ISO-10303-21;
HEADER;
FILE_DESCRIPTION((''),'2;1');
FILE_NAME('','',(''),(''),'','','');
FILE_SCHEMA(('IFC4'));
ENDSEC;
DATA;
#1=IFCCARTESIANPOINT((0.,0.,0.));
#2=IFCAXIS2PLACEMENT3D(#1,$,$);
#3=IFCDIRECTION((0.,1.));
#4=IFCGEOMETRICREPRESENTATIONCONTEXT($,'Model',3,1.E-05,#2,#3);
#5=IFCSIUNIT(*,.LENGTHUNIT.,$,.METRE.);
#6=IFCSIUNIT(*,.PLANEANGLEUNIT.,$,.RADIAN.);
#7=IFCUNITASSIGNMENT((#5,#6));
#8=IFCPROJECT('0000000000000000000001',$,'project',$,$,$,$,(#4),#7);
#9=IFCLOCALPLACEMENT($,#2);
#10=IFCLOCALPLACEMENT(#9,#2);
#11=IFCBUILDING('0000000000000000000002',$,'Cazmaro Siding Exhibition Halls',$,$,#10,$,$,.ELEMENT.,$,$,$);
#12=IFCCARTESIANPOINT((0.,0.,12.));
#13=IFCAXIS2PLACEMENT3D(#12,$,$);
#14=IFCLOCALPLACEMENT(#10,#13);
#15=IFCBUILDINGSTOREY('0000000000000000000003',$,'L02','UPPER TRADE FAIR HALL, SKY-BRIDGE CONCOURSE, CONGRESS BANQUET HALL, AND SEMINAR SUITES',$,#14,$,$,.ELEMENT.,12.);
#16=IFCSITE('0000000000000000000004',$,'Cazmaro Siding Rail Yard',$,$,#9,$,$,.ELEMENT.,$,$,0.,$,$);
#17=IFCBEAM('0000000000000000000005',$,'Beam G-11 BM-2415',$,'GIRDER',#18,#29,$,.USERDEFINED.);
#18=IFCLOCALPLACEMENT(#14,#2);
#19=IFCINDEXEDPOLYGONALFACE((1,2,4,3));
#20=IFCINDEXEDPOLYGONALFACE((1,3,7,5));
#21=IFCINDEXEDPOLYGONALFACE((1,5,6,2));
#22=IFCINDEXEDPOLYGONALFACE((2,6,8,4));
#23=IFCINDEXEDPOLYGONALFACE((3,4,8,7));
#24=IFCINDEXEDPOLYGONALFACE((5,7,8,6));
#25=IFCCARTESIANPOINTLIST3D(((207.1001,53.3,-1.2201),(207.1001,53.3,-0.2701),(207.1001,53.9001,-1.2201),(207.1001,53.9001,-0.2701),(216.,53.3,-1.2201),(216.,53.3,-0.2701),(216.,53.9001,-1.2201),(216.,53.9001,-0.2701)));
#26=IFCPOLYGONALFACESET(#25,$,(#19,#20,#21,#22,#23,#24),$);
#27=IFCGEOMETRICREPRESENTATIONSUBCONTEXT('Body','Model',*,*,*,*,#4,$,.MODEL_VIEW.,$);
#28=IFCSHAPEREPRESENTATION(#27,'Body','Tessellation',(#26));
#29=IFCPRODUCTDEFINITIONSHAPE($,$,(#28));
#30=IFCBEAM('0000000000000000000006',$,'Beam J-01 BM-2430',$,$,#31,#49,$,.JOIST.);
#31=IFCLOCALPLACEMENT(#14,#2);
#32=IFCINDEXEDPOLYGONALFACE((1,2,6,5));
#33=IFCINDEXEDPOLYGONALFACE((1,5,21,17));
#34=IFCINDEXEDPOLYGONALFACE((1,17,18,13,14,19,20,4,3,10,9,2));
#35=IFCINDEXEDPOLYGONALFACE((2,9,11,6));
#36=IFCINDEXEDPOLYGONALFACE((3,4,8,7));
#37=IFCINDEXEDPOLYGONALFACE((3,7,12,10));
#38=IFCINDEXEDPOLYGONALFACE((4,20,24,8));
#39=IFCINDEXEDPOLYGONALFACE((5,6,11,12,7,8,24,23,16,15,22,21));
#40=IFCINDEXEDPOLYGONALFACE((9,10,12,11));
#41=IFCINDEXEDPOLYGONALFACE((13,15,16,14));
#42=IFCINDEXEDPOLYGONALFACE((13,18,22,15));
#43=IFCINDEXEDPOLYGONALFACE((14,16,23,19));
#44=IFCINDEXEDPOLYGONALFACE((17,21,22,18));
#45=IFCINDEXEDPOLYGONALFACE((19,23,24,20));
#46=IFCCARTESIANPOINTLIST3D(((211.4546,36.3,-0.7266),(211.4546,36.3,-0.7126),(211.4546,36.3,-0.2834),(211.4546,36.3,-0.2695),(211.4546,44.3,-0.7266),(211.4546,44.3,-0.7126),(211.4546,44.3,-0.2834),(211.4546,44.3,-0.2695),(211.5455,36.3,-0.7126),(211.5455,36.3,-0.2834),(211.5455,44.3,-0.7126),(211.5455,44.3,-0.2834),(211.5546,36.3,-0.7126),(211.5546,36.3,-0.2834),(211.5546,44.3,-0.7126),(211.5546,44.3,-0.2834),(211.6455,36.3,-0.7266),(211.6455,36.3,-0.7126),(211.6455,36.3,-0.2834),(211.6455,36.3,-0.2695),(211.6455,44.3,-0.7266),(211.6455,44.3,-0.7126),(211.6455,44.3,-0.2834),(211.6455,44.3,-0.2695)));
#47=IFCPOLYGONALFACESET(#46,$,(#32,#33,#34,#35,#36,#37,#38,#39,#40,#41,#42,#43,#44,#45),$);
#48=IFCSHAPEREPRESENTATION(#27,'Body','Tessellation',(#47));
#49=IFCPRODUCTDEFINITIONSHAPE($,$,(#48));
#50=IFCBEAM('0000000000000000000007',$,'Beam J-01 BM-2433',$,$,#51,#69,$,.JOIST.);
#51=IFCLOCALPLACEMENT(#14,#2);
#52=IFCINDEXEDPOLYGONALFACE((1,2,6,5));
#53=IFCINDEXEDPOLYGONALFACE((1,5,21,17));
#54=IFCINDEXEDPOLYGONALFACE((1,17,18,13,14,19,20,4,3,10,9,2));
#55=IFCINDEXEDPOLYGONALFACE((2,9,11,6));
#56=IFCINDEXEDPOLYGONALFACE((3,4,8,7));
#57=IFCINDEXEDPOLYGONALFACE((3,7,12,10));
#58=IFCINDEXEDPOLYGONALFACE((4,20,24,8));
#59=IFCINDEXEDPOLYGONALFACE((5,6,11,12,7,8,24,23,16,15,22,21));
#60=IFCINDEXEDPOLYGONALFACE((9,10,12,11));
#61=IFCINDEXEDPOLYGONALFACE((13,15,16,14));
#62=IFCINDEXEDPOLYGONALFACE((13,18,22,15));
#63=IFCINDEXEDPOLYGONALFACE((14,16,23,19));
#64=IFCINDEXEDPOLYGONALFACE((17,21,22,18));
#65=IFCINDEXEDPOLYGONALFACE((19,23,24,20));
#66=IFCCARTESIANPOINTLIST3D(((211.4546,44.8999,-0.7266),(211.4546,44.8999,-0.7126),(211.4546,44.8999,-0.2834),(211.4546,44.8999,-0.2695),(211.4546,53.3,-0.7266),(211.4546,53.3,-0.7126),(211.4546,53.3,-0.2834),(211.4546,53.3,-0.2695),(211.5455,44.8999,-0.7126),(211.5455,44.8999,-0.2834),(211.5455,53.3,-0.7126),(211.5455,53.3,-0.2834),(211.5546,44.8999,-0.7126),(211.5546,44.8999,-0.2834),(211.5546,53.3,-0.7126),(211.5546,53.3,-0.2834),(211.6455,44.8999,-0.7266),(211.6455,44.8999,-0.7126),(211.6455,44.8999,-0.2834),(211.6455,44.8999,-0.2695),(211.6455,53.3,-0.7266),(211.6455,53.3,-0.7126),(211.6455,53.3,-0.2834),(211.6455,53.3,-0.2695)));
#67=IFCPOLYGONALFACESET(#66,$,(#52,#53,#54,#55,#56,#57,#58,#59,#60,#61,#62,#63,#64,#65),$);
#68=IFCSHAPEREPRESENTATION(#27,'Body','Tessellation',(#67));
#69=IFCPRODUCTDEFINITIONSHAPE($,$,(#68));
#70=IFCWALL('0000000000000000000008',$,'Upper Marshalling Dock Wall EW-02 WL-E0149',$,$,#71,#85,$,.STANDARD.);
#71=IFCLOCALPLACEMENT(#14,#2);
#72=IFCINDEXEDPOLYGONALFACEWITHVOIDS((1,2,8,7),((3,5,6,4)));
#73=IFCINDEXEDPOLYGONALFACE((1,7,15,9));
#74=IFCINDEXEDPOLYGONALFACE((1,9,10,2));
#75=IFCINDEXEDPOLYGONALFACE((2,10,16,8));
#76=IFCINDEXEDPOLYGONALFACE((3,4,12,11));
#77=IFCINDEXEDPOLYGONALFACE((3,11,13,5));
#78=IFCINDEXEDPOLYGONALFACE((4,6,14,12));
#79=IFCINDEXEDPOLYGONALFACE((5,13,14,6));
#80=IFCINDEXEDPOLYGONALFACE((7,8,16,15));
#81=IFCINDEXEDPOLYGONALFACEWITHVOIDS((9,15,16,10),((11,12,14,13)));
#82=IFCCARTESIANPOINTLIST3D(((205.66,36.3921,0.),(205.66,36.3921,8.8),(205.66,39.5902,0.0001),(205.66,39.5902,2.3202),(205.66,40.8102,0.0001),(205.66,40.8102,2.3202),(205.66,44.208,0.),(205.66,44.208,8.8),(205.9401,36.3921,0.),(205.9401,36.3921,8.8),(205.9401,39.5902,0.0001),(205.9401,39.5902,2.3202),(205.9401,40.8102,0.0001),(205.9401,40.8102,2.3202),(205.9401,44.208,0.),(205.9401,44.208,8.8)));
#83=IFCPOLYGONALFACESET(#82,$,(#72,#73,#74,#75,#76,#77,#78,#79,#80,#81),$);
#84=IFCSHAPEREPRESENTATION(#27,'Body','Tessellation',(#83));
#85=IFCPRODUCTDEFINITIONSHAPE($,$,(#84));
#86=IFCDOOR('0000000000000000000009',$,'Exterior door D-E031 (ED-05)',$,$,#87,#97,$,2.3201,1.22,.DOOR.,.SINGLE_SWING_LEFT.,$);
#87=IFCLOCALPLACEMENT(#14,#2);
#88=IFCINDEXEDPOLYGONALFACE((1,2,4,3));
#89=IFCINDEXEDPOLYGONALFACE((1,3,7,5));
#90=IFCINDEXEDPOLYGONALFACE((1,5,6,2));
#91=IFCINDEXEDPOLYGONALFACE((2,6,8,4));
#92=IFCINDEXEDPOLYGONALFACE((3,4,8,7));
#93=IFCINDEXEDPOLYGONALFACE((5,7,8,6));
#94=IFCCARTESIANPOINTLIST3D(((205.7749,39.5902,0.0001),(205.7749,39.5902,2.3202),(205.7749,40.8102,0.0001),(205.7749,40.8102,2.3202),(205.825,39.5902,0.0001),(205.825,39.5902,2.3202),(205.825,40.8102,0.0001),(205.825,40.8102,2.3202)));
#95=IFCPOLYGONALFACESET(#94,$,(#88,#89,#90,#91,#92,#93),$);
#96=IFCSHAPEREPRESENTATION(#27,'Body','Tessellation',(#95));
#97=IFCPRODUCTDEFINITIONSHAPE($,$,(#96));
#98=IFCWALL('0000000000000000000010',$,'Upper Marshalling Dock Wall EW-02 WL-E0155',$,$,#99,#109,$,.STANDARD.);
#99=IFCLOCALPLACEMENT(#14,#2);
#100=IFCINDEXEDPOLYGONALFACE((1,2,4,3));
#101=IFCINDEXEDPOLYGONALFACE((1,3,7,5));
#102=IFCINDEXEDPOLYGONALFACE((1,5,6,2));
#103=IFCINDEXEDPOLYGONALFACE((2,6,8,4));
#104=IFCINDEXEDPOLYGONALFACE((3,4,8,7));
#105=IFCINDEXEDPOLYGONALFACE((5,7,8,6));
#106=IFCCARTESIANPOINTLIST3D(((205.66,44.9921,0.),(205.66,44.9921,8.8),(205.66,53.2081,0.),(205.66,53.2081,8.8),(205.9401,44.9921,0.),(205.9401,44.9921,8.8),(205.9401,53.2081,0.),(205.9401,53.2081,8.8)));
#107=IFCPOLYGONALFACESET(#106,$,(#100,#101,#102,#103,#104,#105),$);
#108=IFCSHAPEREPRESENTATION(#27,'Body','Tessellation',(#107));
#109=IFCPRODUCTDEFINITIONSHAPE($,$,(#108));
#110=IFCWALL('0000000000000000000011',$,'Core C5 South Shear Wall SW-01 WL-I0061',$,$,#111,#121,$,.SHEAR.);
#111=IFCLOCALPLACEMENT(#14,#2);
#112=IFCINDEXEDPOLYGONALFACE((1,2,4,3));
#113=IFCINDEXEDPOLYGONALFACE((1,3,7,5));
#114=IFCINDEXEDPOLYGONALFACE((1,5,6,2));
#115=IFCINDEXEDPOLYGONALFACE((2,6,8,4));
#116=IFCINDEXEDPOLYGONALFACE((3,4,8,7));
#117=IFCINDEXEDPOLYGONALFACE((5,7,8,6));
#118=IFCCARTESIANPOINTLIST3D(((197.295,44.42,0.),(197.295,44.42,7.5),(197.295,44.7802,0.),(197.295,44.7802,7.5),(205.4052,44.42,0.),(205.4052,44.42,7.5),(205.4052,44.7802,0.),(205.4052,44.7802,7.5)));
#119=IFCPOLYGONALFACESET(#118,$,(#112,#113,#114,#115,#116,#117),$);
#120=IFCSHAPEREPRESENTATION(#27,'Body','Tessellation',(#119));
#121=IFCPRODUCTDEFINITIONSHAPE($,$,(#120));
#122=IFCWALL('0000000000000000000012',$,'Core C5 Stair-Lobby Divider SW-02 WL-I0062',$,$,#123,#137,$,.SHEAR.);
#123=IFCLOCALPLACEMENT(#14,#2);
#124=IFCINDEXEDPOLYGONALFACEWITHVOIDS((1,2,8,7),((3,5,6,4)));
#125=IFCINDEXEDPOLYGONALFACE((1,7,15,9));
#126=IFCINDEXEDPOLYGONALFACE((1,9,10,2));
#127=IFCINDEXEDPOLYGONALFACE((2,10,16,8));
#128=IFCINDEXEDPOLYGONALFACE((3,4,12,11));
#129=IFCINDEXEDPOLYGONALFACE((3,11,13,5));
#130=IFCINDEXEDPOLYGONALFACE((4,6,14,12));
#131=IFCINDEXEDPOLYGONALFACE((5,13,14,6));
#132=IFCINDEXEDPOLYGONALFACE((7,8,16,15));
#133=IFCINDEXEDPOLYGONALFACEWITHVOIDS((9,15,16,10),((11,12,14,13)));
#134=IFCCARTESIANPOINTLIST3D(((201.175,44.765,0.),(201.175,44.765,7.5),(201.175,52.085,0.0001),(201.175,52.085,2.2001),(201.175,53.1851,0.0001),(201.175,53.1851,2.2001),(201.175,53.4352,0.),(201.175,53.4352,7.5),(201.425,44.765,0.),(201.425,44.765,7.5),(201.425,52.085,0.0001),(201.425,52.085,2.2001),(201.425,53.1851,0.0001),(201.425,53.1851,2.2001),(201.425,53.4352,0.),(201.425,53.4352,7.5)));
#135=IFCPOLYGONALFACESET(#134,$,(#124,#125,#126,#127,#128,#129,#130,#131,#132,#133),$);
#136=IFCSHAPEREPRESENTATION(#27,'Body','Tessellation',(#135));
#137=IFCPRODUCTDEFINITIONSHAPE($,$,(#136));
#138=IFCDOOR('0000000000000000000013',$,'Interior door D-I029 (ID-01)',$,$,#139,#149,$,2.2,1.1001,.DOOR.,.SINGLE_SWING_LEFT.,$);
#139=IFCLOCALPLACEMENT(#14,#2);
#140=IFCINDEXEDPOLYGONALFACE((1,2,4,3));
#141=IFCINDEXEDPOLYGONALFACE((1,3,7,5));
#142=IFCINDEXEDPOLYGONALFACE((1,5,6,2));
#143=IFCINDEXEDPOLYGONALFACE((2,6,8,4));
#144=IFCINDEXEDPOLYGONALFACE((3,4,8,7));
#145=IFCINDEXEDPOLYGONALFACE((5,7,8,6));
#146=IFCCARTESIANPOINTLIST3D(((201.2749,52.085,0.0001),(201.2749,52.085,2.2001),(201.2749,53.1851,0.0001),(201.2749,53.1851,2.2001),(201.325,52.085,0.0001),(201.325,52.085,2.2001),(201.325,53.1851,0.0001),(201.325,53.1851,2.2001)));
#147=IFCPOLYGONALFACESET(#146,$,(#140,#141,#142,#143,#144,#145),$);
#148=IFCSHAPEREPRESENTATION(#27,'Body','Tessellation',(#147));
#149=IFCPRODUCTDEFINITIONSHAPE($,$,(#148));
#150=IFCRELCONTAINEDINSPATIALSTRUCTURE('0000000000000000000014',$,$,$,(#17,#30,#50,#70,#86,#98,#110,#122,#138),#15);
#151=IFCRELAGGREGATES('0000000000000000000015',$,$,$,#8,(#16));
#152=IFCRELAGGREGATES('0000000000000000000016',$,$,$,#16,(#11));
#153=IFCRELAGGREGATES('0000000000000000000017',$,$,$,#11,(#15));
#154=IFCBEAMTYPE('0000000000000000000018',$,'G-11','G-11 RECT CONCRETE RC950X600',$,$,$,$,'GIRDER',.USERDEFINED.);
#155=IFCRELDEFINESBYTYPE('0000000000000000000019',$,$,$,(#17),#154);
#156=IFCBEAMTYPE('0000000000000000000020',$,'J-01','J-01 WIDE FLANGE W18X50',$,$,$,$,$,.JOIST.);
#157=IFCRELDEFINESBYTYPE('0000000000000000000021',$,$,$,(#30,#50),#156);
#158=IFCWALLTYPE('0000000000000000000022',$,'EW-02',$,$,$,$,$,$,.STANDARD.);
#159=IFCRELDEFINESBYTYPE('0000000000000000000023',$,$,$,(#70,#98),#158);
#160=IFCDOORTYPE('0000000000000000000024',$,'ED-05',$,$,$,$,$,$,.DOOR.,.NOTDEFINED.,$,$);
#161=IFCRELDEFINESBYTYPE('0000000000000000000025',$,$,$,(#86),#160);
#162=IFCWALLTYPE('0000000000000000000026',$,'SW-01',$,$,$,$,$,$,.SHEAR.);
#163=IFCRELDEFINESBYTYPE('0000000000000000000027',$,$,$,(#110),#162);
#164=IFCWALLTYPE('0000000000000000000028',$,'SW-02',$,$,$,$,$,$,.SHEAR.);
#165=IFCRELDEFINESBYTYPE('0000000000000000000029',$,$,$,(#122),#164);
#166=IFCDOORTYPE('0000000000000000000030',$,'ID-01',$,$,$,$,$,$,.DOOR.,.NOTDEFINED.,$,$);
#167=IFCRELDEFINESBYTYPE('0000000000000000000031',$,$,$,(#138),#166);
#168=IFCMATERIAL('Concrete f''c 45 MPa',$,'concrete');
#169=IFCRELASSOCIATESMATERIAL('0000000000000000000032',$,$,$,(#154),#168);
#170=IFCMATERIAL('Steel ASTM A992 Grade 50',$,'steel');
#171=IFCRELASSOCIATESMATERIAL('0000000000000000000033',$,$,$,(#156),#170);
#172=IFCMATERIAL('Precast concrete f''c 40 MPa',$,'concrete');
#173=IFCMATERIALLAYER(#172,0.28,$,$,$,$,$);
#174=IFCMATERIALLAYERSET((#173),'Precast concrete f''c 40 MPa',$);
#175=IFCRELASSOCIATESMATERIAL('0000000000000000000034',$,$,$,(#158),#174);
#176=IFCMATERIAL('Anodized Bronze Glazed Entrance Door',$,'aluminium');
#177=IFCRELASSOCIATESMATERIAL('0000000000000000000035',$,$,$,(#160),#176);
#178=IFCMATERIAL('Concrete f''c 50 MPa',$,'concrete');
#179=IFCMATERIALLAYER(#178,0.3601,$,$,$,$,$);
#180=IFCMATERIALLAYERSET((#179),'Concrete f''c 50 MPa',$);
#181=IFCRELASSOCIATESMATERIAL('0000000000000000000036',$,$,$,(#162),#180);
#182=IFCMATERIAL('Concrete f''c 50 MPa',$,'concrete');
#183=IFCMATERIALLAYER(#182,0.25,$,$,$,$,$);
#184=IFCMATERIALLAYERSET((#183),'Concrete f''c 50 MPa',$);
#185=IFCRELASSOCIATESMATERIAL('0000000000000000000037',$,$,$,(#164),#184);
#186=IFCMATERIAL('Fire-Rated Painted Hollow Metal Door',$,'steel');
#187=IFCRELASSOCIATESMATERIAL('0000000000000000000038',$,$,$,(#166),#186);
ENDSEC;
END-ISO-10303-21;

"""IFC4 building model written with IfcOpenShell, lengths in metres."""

from ifc_helpers import new_model, si_unit, direction, frame, frame_2d, origin, origin_2d, place, context, subcontext, project, spatial, rectangle, i_section, extrude, material, layer, layer_set, material_profile, profile_set, type_object, element, fill, save


model = new_model("IFC4")

# Units and contexts
model_context = context("Model", 3, precision=1e-05, world=origin(), true_north=direction((0.0, 1.0)))
body_context = subcontext(model_context, "Body", "Model", "MODEL_VIEW")
ifc_project = project(units=[si_unit("LENGTHUNIT", "METRE"), si_unit("PLANEANGLEUNIT", "RADIAN")], contexts=[model_context])

# Site, building, storey
site_placement = place(None, origin())
site = spatial("IfcSite", under=ifc_project, at=site_placement, Name="Cazmaro Siding Rail Yard", CompositionType="ELEMENT", RefElevation=0.0)
building_placement = place(site_placement, origin())
building = spatial("IfcBuilding", under=site, at=building_placement, Name="Cazmaro Siding Exhibition Halls", CompositionType="ELEMENT")
storey_placement = place(building_placement, frame((0.0, 0.0, 12.0)))
storey = spatial("IfcBuildingStorey", under=building, at=storey_placement, Name="L02", Description="UPPER TRADE FAIR HALL, SKY-BRIDGE CONCOURSE, CONGRESS BANQUET HALL, AND SEMINAR SUITES", CompositionType="ELEMENT", Elevation=12.0)

# Beams
ifc_material_1 = material(Name="Concrete f'c 45 MPa", Category="concrete")
ifc_material_profile_1 = material_profile(ifc_material_1, rectangle(XDim=0.6001, YDim=0.95, at=origin_2d()), Name="RC950X600")
ifc_profile_set_1 = profile_set([ifc_material_profile_1], Name="Concrete f'c 45 MPa")
beam_type_1 = type_object("IfcBeamType", Name="G-11", Description="G-11 RECT CONCRETE RC950X600", ElementType="GIRDER", PredefinedType="USERDEFINED", material=ifc_profile_set_1)
for number, where, z_axis, x_axis, name in (
    (1, (207.1001, 53.6001, -0.7451), (1.0, 0.0, 0.0), (0.0, 1.0, 0.0), "Beam G-11 BM-2415"),
):
    element("IfcBeam", number, at=place(storey_placement, frame(where, z_axis=z_axis, x_axis=x_axis)), inside=storey, type_object=beam_type_1, Name=name, ObjectType="GIRDER", PredefinedType="USERDEFINED", context=body_context, shape_type="SweptSolid", body=[
        extrude(rectangle(XDim=0.6001, YDim=0.95, at=origin_2d()), origin(), (0.0, 0.0, 1.0), 8.8999),
    ])
ifc_material_2 = material(Name="Steel ASTM A992 Grade 50", Category="steel")
ifc_material_profile_2 = material_profile(ifc_material_2, i_section(OverallWidth=0.1909, OverallDepth=0.457, WebThickness=0.009, FlangeThickness=0.0139, at=origin_2d()), Name="W18X50")
ifc_profile_set_2 = profile_set([ifc_material_profile_2], Name="Steel ASTM A992 Grade 50")
beam_type_2 = type_object("IfcBeamType", Name="J-01", Description="J-01 WIDE FLANGE W18X50", PredefinedType="JOIST", material=ifc_profile_set_2)
beam_1_placement = place(storey_placement, frame((211.55, 36.3, -0.498), z_axis=(0.0, 1.0, 0.0), x_axis=(-1.0, 0.0, 0.0)))
element("IfcBeam", 2, at=beam_1_placement, inside=storey, type_object=beam_type_2, Name="Beam J-01 BM-2430", PredefinedType="JOIST", context=body_context, shape_type="SweptSolid", body=[
    extrude(i_section(OverallWidth=0.1909, OverallDepth=0.457, WebThickness=0.009, FlangeThickness=0.0139, at=origin_2d()), origin(), (0.0, 0.0, 1.0), 8.0),
])
beam_2_placement = place(storey_placement, frame((211.55, 44.8999, -0.498), z_axis=(0.0, 1.0, 0.0), x_axis=(-1.0, 0.0, 0.0)))
element("IfcBeam", 3, at=beam_2_placement, inside=storey, type_object=beam_type_2, Name="Beam J-01 BM-2433", PredefinedType="JOIST", context=body_context, shape_type="SweptSolid", body=[
    extrude(i_section(OverallWidth=0.1909, OverallDepth=0.457, WebThickness=0.009, FlangeThickness=0.0139, at=origin_2d()), origin(), (0.0, 0.0, 1.0), 8.4001),
])

# Wall, opening, door
ifc_material_3 = material(Name="Precast concrete f'c 40 MPa", Category="concrete")
ifc_layer_1 = layer(ifc_material_3, 0.28)
ifc_layer_set_1 = layer_set([ifc_layer_1], Name="Precast concrete f'c 40 MPa")
wall_type_1 = type_object("IfcWallType", Name="EW-02", PredefinedType="STANDARD", material=ifc_layer_set_1)
wall_1_placement = place(storey_placement, frame((205.8, 44.208, 0.0), z_axis=(0.0, 0.0, 1.0), x_axis=(0.0, -1.0, 0.0)))
wall_1 = element("IfcWall", 4, at=wall_1_placement, inside=storey, type_object=wall_type_1, Name="Upper Marshalling Dock Wall EW-02 WL-E0149", PredefinedType="STANDARD", context=body_context, shape_type="SweptSolid", body=[
    extrude(rectangle(XDim=7.8159, YDim=0.28, at=frame_2d((3.908, 0.0))), origin(), (0.0, 0.0, 1.0), 8.8),
])
opening_1_placement = place(wall_1_placement, frame((3.3979, 0.0, 0.0)))
opening_1 = element("IfcOpeningElement", 5, at=opening_1_placement, cuts=wall_1, PredefinedType="OPENING", context=body_context, shape_type="SweptSolid", body=[
    extrude(rectangle(XDim=1.22, YDim=2.3201, at=frame_2d((0.6099, 1.1602))), frame((0.0, 0.1499, 0.0), z_axis=(0.0, -1.0, 0.0), x_axis=(1.0, 0.0, 0.0)), (0.0, 0.0, 1.0), 0.3),
])
ifc_material_4 = material(Name="Anodized Bronze Glazed Entrance Door", Category="aluminium")
door_type_1 = type_object("IfcDoorType", Name="ED-05", OperationType="NOTDEFINED", PredefinedType="DOOR", material=ifc_material_4)
door_1_placement = place(opening_1_placement, origin())
door_1 = element("IfcDoor", 6, at=door_1_placement, inside=storey, type_object=door_type_1, Name="Exterior door D-E031 (ED-05)", OperationType="SINGLE_SWING_LEFT", OverallHeight=2.3201, OverallWidth=1.22, PredefinedType="DOOR", context=body_context, shape_type="SweptSolid", body=[
    extrude(rectangle(XDim=1.22, YDim=2.3201, at=frame_2d((0.6099, 1.1602))), frame((0.0, 0.0249, 0.0), z_axis=(0.0, -1.0, 0.0), x_axis=(1.0, 0.0, 0.0)), (0.0, 0.0, 1.0), 0.05),
])
fill(opening_1, door_1)

# Walls
wall_2_placement = place(storey_placement, frame((205.8, 53.208, 0.0), z_axis=(0.0, 0.0, 1.0), x_axis=(0.0, -1.0, 0.0)))
element("IfcWall", 7, at=wall_2_placement, inside=storey, type_object=wall_type_1, Name="Upper Marshalling Dock Wall EW-02 WL-E0155", PredefinedType="STANDARD", context=body_context, shape_type="SweptSolid", body=[
    extrude(rectangle(XDim=8.2161, YDim=0.28, at=frame_2d((4.1079, 0.0))), origin(), (0.0, 0.0, 1.0), 8.8),
])
ifc_material_5 = material(Name="Concrete f'c 50 MPa", Category="concrete")
ifc_layer_2 = layer(ifc_material_5, 0.3601)
ifc_layer_set_2 = layer_set([ifc_layer_2], Name="Concrete f'c 50 MPa")
wall_type_2 = type_object("IfcWallType", Name="SW-01", PredefinedType="SHEAR", material=ifc_layer_set_2)
wall_3_placement = place(storey_placement, frame((197.2949, 44.6001, 0.0), z_axis=(0.0, 0.0, 1.0), x_axis=(1.0, 0.0, 0.0)))
element("IfcWall", 8, at=wall_3_placement, inside=storey, type_object=wall_type_2, Name="Core C5 South Shear Wall SW-01 WL-I0061", PredefinedType="SHEAR", context=body_context, shape_type="SweptSolid", body=[
    extrude(rectangle(XDim=8.1101, YDim=0.3601, at=frame_2d((4.0552, 0.0))), origin(), (0.0, 0.0, 1.0), 7.5),
])

# Wall, opening, door
ifc_material_6 = material(Name="Concrete f'c 50 MPa", Category="concrete")
ifc_layer_3 = layer(ifc_material_6, 0.25)
ifc_layer_set_3 = layer_set([ifc_layer_3], Name="Concrete f'c 50 MPa")
wall_type_3 = type_object("IfcWallType", Name="SW-02", PredefinedType="SHEAR", material=ifc_layer_set_3)
wall_4_placement = place(storey_placement, frame((201.3, 53.4351, 0.0), z_axis=(0.0, 0.0, 1.0), x_axis=(0.0, -1.0, 0.0)))
wall_4 = element("IfcWall", 9, at=wall_4_placement, inside=storey, type_object=wall_type_3, Name="Core C5 Stair-Lobby Divider SW-02 WL-I0062", PredefinedType="SHEAR", context=body_context, shape_type="SweptSolid", body=[
    extrude(rectangle(XDim=8.6702, YDim=0.25, at=frame_2d((4.335, 0.0))), origin(), (0.0, 0.0, 1.0), 7.5),
])
opening_2_placement = place(wall_4_placement, frame((0.25, 0.0, 0.0)))
opening_2 = element("IfcOpeningElement", 10, at=opening_2_placement, cuts=wall_4, PredefinedType="OPENING", context=body_context, shape_type="SweptSolid", body=[
    extrude(rectangle(XDim=1.1001, YDim=2.2, at=frame_2d((0.55, 1.1001))), frame((0.0, 0.135, 0.0), z_axis=(0.0, -1.0, 0.0), x_axis=(1.0, 0.0, 0.0)), (0.0, 0.0, 1.0), 0.27),
])
ifc_material_7 = material(Name="Fire-Rated Painted Hollow Metal Door", Category="steel")
door_type_2 = type_object("IfcDoorType", Name="ID-01", OperationType="NOTDEFINED", PredefinedType="DOOR", material=ifc_material_7)
door_2_placement = place(opening_2_placement, origin())
door_2 = element("IfcDoor", 11, at=door_2_placement, inside=storey, type_object=door_type_2, Name="Interior door D-I029 (ID-01)", OperationType="SINGLE_SWING_LEFT", OverallHeight=2.2, OverallWidth=1.1001, PredefinedType="DOOR", context=body_context, shape_type="SweptSolid", body=[
    extrude(rectangle(XDim=1.1001, YDim=2.2, at=frame_2d((0.55, 1.1001))), frame((0.0, 0.0249, 0.0), z_axis=(0.0, -1.0, 0.0), x_axis=(1.0, 0.0, 0.0)), (0.0, 0.0, 1.0), 0.05),
])
fill(opening_2, door_2)

save(model, "model.ifc")
